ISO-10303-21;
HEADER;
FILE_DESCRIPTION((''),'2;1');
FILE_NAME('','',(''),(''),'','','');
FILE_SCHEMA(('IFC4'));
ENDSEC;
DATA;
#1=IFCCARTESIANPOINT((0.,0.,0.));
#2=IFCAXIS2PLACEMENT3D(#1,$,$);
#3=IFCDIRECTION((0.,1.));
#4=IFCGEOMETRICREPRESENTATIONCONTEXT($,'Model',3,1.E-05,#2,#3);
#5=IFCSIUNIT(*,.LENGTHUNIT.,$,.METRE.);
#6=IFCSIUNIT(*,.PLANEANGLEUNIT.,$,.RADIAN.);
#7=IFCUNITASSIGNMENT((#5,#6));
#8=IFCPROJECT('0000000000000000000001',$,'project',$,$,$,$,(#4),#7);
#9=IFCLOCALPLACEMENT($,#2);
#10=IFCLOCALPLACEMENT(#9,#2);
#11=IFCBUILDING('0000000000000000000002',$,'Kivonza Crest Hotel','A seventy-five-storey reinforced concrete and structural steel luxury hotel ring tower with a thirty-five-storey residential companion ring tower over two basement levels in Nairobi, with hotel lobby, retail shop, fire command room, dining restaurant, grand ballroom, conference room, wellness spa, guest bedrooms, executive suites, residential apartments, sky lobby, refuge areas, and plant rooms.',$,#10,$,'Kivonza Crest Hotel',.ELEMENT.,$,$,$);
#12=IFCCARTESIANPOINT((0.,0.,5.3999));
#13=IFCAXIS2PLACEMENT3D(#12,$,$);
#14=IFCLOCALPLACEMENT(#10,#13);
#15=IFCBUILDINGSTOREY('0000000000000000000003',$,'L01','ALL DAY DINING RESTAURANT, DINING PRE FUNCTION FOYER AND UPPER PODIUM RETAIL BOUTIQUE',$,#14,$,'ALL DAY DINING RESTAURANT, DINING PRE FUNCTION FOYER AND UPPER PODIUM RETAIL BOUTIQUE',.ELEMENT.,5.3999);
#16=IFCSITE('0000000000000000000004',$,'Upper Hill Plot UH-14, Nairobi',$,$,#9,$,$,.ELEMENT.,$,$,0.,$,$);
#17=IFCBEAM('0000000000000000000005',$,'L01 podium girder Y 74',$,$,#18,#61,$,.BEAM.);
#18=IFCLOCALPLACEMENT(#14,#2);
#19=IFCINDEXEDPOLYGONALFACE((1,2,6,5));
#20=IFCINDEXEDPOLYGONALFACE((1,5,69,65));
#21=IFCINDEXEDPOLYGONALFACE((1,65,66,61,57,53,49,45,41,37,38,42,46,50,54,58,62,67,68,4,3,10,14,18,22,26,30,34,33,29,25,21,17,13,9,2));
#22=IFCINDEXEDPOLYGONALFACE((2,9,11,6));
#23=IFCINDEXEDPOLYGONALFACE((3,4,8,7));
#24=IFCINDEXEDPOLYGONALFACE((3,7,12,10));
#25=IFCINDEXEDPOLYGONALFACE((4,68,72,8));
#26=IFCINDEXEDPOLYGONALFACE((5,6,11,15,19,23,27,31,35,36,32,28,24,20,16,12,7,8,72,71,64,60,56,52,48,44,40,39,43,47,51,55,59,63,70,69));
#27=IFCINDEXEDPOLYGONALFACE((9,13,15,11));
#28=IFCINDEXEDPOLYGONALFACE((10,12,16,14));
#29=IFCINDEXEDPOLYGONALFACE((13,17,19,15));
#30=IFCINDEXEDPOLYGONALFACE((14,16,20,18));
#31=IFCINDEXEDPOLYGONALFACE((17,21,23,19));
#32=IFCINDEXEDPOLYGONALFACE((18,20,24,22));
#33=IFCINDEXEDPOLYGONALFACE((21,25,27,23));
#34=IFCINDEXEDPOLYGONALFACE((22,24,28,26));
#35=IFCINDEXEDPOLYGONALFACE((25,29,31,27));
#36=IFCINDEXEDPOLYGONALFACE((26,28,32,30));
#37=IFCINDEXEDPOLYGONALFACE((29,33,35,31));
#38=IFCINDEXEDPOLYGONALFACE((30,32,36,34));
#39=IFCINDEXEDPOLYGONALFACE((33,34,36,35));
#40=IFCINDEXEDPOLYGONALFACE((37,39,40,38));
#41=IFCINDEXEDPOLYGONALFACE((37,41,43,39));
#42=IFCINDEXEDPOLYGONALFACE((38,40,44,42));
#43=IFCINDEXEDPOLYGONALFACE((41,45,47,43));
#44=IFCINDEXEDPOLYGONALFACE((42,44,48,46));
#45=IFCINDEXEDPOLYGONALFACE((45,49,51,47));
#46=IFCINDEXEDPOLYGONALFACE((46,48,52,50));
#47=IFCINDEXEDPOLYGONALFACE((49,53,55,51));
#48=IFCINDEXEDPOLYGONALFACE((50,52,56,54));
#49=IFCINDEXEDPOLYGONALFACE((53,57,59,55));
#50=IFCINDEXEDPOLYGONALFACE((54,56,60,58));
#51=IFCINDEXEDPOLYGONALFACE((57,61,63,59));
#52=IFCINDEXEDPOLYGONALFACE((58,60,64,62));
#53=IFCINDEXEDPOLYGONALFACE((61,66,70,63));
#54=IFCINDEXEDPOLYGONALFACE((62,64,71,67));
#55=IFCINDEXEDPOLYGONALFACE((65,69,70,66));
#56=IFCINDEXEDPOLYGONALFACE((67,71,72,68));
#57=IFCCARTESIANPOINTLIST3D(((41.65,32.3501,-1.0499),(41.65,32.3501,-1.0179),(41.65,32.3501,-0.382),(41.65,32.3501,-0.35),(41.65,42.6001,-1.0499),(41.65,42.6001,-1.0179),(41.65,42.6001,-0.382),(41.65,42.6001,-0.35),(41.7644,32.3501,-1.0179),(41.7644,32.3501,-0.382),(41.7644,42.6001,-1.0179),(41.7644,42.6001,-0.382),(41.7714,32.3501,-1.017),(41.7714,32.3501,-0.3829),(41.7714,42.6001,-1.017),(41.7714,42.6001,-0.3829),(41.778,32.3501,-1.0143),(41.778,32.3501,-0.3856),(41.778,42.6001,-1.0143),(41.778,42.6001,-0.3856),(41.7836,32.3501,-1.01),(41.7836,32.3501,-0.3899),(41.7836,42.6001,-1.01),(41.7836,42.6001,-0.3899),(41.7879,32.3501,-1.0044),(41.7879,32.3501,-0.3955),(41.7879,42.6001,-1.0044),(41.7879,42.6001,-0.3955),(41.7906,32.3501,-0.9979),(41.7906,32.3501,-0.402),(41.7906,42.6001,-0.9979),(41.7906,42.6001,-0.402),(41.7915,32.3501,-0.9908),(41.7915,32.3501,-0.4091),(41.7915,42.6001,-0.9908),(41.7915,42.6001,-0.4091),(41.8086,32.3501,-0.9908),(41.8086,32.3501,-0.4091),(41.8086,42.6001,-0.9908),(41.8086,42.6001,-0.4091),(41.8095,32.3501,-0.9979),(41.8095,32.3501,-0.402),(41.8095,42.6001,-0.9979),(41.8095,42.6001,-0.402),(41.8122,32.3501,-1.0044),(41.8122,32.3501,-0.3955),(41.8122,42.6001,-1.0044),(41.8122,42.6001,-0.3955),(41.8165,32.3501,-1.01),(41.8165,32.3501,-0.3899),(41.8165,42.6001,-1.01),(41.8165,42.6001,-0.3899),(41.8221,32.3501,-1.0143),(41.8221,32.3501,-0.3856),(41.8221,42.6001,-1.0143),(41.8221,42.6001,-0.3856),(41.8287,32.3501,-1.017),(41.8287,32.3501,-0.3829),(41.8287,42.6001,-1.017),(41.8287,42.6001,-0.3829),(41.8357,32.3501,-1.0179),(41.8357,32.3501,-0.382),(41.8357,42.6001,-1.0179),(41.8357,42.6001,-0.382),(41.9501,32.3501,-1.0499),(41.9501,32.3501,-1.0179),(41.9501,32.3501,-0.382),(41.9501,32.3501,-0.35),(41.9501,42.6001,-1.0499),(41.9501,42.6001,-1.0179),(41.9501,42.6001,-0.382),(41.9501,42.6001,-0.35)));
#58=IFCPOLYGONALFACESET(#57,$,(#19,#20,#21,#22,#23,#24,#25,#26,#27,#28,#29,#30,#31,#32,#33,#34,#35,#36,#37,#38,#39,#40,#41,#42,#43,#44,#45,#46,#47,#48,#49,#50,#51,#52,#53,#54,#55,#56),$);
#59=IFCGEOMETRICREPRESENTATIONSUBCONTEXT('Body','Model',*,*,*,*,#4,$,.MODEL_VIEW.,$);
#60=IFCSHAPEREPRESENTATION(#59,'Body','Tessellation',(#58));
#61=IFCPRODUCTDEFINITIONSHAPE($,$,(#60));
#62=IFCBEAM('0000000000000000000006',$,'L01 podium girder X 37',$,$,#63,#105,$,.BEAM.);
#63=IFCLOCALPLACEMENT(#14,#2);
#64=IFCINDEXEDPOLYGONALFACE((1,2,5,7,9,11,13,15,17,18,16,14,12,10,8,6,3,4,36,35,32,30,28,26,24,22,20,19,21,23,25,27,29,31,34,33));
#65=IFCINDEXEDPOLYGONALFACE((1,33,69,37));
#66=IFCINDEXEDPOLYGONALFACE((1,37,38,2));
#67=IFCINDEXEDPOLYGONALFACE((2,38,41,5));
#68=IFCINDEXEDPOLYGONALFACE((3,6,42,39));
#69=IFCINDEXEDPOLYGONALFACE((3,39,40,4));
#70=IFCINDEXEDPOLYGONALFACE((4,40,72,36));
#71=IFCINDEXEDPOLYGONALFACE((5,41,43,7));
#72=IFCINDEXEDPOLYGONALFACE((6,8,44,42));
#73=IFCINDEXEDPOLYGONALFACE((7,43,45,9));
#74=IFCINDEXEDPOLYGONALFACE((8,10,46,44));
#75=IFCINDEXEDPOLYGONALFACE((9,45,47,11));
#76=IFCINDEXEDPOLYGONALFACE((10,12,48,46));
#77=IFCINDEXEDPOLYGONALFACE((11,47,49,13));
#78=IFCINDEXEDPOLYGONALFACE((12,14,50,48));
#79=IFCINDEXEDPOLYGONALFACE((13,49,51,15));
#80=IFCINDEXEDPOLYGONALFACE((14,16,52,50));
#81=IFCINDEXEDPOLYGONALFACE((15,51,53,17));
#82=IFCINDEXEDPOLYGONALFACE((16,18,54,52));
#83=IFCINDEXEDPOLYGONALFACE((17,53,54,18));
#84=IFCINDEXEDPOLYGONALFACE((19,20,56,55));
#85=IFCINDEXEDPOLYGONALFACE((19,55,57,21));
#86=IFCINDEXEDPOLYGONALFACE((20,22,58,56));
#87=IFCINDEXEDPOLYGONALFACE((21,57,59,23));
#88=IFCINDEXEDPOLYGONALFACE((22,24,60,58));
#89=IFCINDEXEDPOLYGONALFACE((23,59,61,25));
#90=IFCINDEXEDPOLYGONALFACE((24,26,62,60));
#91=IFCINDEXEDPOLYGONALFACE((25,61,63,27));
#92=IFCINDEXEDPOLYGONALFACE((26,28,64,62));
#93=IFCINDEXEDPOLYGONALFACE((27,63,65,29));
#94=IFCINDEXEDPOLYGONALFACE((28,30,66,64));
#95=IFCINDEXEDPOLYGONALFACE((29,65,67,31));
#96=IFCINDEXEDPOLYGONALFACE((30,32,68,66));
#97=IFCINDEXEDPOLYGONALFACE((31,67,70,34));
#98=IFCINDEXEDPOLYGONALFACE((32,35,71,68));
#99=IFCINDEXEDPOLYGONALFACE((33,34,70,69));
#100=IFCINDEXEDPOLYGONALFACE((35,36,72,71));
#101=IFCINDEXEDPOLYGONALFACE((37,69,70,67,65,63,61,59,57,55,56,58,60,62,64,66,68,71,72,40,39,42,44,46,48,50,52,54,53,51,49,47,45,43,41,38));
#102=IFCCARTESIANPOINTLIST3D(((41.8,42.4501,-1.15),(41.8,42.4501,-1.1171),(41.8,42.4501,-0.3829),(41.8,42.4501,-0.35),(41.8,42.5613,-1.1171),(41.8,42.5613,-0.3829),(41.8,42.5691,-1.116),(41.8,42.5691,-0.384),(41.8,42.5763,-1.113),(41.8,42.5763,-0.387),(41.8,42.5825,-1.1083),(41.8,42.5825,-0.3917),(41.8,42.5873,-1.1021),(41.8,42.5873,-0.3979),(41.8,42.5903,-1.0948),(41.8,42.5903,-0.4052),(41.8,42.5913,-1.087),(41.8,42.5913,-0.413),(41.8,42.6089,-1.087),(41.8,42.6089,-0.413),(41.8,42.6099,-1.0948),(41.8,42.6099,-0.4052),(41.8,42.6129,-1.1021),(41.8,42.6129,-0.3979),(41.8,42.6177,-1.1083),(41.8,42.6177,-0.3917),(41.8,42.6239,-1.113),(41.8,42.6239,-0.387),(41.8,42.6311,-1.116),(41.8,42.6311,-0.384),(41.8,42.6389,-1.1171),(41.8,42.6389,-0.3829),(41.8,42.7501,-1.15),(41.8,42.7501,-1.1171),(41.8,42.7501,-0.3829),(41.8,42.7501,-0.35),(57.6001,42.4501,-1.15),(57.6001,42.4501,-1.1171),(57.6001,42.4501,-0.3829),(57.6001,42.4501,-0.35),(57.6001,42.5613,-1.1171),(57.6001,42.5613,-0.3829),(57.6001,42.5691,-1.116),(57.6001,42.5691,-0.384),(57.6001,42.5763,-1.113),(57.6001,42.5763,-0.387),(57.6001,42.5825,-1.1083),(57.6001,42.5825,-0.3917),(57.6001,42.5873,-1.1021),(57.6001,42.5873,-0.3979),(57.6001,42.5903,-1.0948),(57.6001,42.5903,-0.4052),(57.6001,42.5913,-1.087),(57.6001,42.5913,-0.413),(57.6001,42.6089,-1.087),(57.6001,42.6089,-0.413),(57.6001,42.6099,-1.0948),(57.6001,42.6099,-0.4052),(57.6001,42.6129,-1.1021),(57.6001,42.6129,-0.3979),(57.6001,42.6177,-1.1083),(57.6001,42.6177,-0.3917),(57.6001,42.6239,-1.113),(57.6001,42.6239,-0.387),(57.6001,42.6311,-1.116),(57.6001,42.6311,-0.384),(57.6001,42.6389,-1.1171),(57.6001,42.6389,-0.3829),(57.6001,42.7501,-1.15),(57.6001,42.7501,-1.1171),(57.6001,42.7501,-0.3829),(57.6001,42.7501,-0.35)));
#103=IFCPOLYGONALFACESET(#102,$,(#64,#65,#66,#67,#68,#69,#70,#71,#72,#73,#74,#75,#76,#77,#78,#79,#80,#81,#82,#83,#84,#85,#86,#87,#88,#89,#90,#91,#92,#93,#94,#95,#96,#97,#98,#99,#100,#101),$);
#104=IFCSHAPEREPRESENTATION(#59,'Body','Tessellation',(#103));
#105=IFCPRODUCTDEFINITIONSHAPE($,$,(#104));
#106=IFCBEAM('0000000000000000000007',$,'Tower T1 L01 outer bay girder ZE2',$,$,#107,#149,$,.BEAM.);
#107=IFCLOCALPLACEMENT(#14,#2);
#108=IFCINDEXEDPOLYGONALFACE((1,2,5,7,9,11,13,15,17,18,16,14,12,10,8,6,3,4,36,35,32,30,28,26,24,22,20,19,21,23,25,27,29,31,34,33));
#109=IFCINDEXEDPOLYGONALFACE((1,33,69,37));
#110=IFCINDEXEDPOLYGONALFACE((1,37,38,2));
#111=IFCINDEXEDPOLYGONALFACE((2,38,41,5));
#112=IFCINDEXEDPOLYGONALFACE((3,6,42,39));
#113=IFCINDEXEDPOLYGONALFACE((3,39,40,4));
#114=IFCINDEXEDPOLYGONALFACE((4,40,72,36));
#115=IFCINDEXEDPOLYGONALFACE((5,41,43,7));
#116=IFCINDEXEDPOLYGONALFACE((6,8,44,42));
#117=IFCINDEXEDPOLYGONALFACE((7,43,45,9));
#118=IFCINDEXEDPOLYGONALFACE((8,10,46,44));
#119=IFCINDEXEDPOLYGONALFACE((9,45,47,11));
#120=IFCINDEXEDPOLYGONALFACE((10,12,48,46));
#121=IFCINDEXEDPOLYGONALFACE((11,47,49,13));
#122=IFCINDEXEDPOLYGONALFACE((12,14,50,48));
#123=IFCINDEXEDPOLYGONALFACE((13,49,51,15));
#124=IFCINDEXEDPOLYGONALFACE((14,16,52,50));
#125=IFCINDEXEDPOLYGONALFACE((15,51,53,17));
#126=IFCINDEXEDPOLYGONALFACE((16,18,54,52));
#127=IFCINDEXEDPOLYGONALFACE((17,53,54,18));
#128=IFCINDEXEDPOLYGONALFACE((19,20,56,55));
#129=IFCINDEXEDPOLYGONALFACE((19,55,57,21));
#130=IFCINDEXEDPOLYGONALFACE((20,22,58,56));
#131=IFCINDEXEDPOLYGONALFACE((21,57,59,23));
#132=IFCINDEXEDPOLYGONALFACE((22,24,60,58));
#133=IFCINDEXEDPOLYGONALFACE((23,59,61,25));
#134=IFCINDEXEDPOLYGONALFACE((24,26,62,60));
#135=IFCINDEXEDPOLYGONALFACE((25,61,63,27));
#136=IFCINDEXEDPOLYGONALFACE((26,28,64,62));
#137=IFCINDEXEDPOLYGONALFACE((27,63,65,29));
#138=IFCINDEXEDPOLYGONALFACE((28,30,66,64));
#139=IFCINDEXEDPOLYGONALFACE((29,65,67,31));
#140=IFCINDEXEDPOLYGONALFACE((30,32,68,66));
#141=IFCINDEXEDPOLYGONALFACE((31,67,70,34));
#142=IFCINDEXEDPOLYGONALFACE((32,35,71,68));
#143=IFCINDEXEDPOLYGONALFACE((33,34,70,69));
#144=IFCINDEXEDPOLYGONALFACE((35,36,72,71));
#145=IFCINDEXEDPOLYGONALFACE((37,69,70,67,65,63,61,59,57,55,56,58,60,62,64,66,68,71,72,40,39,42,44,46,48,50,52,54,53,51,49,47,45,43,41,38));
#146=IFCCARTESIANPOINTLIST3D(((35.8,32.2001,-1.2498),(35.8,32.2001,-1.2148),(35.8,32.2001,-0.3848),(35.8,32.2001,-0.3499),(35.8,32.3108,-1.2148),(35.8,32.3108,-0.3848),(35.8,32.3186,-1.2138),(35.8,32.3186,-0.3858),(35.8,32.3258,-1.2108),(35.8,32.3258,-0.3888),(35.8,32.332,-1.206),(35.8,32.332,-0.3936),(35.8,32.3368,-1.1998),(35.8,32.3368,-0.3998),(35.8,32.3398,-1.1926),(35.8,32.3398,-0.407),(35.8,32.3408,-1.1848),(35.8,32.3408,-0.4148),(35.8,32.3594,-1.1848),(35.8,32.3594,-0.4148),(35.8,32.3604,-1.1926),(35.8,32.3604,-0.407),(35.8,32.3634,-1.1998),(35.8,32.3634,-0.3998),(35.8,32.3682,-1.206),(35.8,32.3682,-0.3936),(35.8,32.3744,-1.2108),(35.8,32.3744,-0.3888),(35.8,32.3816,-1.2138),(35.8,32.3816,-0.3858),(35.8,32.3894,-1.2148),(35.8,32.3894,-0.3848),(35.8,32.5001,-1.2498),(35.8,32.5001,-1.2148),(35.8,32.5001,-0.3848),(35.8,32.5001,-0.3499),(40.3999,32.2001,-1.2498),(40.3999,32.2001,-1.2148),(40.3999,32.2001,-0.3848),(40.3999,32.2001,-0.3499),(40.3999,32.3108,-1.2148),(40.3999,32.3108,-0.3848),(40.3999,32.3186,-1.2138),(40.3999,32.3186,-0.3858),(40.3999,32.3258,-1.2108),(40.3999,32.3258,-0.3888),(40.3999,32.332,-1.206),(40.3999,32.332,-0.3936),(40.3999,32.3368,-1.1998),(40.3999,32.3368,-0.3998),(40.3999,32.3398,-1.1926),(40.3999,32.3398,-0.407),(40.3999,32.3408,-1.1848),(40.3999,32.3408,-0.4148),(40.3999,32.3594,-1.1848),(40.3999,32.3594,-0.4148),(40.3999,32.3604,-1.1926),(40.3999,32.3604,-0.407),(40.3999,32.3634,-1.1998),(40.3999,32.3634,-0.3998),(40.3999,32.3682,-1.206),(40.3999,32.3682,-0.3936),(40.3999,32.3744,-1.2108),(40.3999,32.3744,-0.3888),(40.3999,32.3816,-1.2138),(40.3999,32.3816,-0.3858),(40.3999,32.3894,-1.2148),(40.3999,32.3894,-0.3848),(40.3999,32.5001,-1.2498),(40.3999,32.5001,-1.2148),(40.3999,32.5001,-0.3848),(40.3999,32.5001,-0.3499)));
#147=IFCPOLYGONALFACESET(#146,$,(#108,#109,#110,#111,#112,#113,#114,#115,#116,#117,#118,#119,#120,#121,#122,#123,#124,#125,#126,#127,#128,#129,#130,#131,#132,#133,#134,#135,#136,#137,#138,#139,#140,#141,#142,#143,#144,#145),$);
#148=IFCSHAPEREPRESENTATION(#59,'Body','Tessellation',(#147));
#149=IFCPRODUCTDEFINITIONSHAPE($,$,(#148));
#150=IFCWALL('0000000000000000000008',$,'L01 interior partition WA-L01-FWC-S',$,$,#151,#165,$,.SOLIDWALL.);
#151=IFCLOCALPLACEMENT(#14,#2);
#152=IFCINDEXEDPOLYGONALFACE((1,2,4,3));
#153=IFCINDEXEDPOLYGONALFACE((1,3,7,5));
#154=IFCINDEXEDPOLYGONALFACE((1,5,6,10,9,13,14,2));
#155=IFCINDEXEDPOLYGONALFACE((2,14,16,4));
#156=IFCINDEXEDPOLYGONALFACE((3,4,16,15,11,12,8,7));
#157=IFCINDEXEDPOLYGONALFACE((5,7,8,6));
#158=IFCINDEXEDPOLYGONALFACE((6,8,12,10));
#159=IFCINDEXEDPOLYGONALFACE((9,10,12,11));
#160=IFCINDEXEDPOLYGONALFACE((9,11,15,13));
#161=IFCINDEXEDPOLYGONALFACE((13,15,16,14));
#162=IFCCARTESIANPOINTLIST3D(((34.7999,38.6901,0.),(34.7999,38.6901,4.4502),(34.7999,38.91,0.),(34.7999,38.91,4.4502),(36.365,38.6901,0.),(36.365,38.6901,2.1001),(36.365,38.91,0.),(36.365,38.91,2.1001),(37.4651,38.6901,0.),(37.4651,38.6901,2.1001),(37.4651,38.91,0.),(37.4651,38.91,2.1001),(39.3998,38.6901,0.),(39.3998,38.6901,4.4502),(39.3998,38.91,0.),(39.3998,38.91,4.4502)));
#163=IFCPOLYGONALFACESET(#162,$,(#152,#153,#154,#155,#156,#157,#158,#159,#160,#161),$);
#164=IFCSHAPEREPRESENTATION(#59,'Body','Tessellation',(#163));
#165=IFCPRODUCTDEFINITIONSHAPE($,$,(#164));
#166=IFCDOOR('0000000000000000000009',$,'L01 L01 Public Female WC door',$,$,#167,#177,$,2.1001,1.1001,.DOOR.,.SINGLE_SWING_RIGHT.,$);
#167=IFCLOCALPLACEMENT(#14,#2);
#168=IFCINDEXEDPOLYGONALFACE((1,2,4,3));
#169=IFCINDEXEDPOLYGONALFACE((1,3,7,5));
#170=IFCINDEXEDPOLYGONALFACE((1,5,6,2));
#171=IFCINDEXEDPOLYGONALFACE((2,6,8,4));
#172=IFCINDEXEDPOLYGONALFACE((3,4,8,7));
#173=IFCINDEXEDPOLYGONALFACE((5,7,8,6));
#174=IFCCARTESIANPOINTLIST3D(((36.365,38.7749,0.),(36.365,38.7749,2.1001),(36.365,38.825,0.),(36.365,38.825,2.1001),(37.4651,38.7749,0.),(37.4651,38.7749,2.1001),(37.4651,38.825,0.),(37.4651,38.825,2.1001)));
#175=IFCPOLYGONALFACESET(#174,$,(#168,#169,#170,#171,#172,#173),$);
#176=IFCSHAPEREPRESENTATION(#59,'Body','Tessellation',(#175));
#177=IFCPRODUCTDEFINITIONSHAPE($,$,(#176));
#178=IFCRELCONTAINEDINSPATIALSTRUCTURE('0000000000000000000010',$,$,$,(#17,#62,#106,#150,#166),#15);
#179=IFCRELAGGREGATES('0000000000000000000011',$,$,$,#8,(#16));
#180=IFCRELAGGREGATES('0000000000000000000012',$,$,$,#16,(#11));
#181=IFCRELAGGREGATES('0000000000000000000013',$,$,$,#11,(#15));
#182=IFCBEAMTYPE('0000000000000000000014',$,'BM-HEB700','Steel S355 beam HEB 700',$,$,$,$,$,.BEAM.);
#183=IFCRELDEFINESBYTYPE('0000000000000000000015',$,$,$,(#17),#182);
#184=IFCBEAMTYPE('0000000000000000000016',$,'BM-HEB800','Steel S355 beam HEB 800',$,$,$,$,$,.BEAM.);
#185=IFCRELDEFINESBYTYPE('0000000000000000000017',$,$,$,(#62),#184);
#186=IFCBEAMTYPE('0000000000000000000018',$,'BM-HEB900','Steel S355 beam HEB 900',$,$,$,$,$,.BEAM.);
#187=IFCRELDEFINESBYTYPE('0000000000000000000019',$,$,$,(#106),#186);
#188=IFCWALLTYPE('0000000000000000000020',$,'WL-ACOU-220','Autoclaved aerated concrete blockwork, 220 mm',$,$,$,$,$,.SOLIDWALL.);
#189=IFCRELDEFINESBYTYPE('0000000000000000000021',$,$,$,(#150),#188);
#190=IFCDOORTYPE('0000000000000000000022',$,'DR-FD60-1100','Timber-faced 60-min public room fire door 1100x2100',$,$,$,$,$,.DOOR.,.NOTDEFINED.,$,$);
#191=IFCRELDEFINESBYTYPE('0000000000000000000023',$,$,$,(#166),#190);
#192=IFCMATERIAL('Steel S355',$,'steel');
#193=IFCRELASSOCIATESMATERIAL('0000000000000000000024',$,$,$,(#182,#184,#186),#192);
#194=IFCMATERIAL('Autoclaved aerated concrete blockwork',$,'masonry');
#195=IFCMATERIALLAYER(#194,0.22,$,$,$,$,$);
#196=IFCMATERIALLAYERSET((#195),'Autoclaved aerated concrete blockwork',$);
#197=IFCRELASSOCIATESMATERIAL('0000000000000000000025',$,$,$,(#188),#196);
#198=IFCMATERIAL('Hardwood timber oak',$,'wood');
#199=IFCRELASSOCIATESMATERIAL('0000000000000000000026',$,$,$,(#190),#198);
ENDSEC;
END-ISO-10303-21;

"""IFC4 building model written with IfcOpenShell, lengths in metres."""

from ifc_helpers import new_model, si_unit, direction, frame, frame_2d, origin, origin_2d, place, context, subcontext, project, spatial, rectangle, i_section, extrude, material, layer, layer_set, material_profile, profile_set, type_object, element, fill, save


model = new_model("IFC4")

# Units and contexts
model_context = context("Model", 3, precision=1e-05, world=origin(), true_north=direction((0.0, 1.0)))
body_context = subcontext(model_context, "Body", "Model", "MODEL_VIEW")
ifc_project = project(units=[si_unit("LENGTHUNIT", "METRE"), si_unit("PLANEANGLEUNIT", "RADIAN")], contexts=[model_context])

# Site, building, storey
site_placement = place(None, origin())
site = spatial("IfcSite", under=ifc_project, at=site_placement, Name="Upper Hill Plot UH-14, Nairobi", CompositionType="ELEMENT", RefElevation=0.0)
building_placement = place(site_placement, origin())
building = spatial("IfcBuilding", under=site, at=building_placement, Name="Kivonza Crest Hotel", Description="A seventy-five-storey reinforced concrete and structural steel luxury hotel ring tower with a thirty-five-storey residential companion ring tower over two basement levels in Nairobi, with hotel lobby, retail shop, fire command room, dining restaurant, grand ballroom, conference room, wellness spa, guest bedrooms, executive suites, residential apartments, sky lobby, refuge areas, and plant rooms.", LongName="Kivonza Crest Hotel", CompositionType="ELEMENT")
storey_placement = place(building_placement, frame((0.0, 0.0, 5.3999)))
storey = spatial("IfcBuildingStorey", under=building, at=storey_placement, Name="L01", Description="ALL DAY DINING RESTAURANT, DINING PRE FUNCTION FOYER AND UPPER PODIUM RETAIL BOUTIQUE", LongName="ALL DAY DINING RESTAURANT, DINING PRE FUNCTION FOYER AND UPPER PODIUM RETAIL BOUTIQUE", CompositionType="ELEMENT", Elevation=5.3999)

# Beams
ifc_material_1 = material(Name="Steel S355", Category="steel")
ifc_material_profile_1 = material_profile(ifc_material_1, i_section(OverallWidth=0.3, OverallDepth=0.7, WebThickness=0.0171, FlangeThickness=0.032, FilletRadius=0.0271, at=origin_2d()), Name="HEB 700")
ifc_profile_set_1 = profile_set([ifc_material_profile_1], Name="Steel S355")
beam_type_1 = type_object("IfcBeamType", Name="BM-HEB700", Description="Steel S355 beam HEB 700", PredefinedType="BEAM", material=ifc_profile_set_1)
beam_1_placement = place(storey_placement, frame((41.8, 32.3501, -0.7), z_axis=(0.0, 1.0, 0.0), x_axis=(-1.0, 0.0, 0.0)))
element("IfcBeam", 1, at=beam_1_placement, inside=storey, type_object=beam_type_1, Name="L01 podium girder Y 74", PredefinedType="BEAM", context=body_context, shape_type="SweptSolid", body=[
    extrude(i_section(OverallWidth=0.3, OverallDepth=0.7, WebThickness=0.0171, FlangeThickness=0.032, FilletRadius=0.0271, at=origin_2d()), origin(), (0.0, 0.0, 1.0), 10.25),
])
ifc_material_profile_2 = material_profile(ifc_material_1, i_section(OverallWidth=0.3, OverallDepth=0.8, WebThickness=0.0176, FlangeThickness=0.033, FilletRadius=0.03, at=origin_2d()), Name="HEB 800")
ifc_profile_set_2 = profile_set([ifc_material_profile_2], Name="Steel S355")
beam_type_2 = type_object("IfcBeamType", Name="BM-HEB800", Description="Steel S355 beam HEB 800", PredefinedType="BEAM", material=ifc_profile_set_2)
beam_2_placement = place(storey_placement, frame((41.8, 42.6001, -0.75), z_axis=(1.0, 0.0, 0.0), x_axis=(0.0, 1.0, 0.0)))
element("IfcBeam", 2, at=beam_2_placement, inside=storey, type_object=beam_type_2, Name="L01 podium girder X 37", PredefinedType="BEAM", context=body_context, shape_type="SweptSolid", body=[
    extrude(i_section(OverallWidth=0.3, OverallDepth=0.8, WebThickness=0.0176, FlangeThickness=0.033, FilletRadius=0.03, at=origin_2d()), origin(), (0.0, 0.0, 1.0), 15.8),
])
ifc_material_profile_3 = material_profile(ifc_material_1, i_section(OverallWidth=0.3, OverallDepth=0.8999, WebThickness=0.0186, FlangeThickness=0.0349, FilletRadius=0.03, at=origin_2d()), Name="HEB 900")
ifc_profile_set_3 = profile_set([ifc_material_profile_3], Name="Steel S355")
beam_type_3 = type_object("IfcBeamType", Name="BM-HEB900", Description="Steel S355 beam HEB 900", PredefinedType="BEAM", material=ifc_profile_set_3)
beam_3_placement = place(storey_placement, frame((40.3999, 32.3501, -0.7998), z_axis=(-1.0, 0.0, 0.0), x_axis=(0.0, -1.0, 0.0)))
element("IfcBeam", 3, at=beam_3_placement, inside=storey, type_object=beam_type_3, Name="Tower T1 L01 outer bay girder ZE2", PredefinedType="BEAM", context=body_context, shape_type="SweptSolid", body=[
    extrude(i_section(OverallWidth=0.3, OverallDepth=0.8999, WebThickness=0.0186, FlangeThickness=0.0349, FilletRadius=0.03, at=origin_2d()), origin(), (0.0, 0.0, 1.0), 4.5999),
])

# Wall, opening, door
ifc_material_2 = material(Name="Autoclaved aerated concrete blockwork", Category="masonry")
ifc_layer_1 = layer(ifc_material_2, 0.22)
ifc_layer_set_1 = layer_set([ifc_layer_1], Name="Autoclaved aerated concrete blockwork")
wall_type_1 = type_object("IfcWallType", Name="WL-ACOU-220", Description="Autoclaved aerated concrete blockwork, 220 mm", PredefinedType="SOLIDWALL", material=ifc_layer_set_1)
wall_1_placement = place(storey_placement, frame((34.8, 38.8, 0.0), z_axis=(0.0, 0.0, 1.0), x_axis=(1.0, 0.0, 0.0)))
wall_1 = element("IfcWall", 4, at=wall_1_placement, inside=storey, type_object=wall_type_1, Name="L01 interior partition WA-L01-FWC-S", PredefinedType="SOLIDWALL", context=body_context, shape_type="SweptSolid", body=[
    extrude(rectangle(XDim=4.5999, YDim=0.22, at=frame_2d((2.2998, 0.0))), origin(), (0.0, 0.0, 1.0), 4.4502),
])
opening_1_placement = place(wall_1_placement, frame((1.5649, 0.0, 0.0)))
opening_1 = element("IfcOpeningElement", 5, at=opening_1_placement, cuts=wall_1, PredefinedType="OPENING", context=body_context, shape_type="SweptSolid", body=[
    extrude(rectangle(XDim=1.1001, YDim=2.1001, at=frame_2d((0.55, 1.05))), frame((0.0, 0.1201, 0.0), z_axis=(0.0, -1.0, 0.0), x_axis=(1.0, 0.0, 0.0)), (0.0, 0.0, 1.0), 0.24),
])
ifc_material_3 = material(Name="Hardwood timber oak", Category="wood")
door_type = type_object("IfcDoorType", Name="DR-FD60-1100", Description="Timber-faced 60-min public room fire door 1100x2100", OperationType="NOTDEFINED", PredefinedType="DOOR", material=ifc_material_3)
door_1_placement = place(opening_1_placement, origin())
door_1 = element("IfcDoor", 6, at=door_1_placement, inside=storey, type_object=door_type, Name="L01 L01 Public Female WC door", OperationType="SINGLE_SWING_RIGHT", OverallHeight=2.1001, OverallWidth=1.1001, PredefinedType="DOOR", context=body_context, shape_type="SweptSolid", body=[
    extrude(rectangle(XDim=1.1001, YDim=2.1001, at=frame_2d((0.55, 1.05))), frame((0.0, 0.0249, 0.0), z_axis=(0.0, -1.0, 0.0), x_axis=(1.0, 0.0, 0.0)), (0.0, 0.0, 1.0), 0.05),
])
fill(opening_1, door_1)

save(model, "model.ifc")
